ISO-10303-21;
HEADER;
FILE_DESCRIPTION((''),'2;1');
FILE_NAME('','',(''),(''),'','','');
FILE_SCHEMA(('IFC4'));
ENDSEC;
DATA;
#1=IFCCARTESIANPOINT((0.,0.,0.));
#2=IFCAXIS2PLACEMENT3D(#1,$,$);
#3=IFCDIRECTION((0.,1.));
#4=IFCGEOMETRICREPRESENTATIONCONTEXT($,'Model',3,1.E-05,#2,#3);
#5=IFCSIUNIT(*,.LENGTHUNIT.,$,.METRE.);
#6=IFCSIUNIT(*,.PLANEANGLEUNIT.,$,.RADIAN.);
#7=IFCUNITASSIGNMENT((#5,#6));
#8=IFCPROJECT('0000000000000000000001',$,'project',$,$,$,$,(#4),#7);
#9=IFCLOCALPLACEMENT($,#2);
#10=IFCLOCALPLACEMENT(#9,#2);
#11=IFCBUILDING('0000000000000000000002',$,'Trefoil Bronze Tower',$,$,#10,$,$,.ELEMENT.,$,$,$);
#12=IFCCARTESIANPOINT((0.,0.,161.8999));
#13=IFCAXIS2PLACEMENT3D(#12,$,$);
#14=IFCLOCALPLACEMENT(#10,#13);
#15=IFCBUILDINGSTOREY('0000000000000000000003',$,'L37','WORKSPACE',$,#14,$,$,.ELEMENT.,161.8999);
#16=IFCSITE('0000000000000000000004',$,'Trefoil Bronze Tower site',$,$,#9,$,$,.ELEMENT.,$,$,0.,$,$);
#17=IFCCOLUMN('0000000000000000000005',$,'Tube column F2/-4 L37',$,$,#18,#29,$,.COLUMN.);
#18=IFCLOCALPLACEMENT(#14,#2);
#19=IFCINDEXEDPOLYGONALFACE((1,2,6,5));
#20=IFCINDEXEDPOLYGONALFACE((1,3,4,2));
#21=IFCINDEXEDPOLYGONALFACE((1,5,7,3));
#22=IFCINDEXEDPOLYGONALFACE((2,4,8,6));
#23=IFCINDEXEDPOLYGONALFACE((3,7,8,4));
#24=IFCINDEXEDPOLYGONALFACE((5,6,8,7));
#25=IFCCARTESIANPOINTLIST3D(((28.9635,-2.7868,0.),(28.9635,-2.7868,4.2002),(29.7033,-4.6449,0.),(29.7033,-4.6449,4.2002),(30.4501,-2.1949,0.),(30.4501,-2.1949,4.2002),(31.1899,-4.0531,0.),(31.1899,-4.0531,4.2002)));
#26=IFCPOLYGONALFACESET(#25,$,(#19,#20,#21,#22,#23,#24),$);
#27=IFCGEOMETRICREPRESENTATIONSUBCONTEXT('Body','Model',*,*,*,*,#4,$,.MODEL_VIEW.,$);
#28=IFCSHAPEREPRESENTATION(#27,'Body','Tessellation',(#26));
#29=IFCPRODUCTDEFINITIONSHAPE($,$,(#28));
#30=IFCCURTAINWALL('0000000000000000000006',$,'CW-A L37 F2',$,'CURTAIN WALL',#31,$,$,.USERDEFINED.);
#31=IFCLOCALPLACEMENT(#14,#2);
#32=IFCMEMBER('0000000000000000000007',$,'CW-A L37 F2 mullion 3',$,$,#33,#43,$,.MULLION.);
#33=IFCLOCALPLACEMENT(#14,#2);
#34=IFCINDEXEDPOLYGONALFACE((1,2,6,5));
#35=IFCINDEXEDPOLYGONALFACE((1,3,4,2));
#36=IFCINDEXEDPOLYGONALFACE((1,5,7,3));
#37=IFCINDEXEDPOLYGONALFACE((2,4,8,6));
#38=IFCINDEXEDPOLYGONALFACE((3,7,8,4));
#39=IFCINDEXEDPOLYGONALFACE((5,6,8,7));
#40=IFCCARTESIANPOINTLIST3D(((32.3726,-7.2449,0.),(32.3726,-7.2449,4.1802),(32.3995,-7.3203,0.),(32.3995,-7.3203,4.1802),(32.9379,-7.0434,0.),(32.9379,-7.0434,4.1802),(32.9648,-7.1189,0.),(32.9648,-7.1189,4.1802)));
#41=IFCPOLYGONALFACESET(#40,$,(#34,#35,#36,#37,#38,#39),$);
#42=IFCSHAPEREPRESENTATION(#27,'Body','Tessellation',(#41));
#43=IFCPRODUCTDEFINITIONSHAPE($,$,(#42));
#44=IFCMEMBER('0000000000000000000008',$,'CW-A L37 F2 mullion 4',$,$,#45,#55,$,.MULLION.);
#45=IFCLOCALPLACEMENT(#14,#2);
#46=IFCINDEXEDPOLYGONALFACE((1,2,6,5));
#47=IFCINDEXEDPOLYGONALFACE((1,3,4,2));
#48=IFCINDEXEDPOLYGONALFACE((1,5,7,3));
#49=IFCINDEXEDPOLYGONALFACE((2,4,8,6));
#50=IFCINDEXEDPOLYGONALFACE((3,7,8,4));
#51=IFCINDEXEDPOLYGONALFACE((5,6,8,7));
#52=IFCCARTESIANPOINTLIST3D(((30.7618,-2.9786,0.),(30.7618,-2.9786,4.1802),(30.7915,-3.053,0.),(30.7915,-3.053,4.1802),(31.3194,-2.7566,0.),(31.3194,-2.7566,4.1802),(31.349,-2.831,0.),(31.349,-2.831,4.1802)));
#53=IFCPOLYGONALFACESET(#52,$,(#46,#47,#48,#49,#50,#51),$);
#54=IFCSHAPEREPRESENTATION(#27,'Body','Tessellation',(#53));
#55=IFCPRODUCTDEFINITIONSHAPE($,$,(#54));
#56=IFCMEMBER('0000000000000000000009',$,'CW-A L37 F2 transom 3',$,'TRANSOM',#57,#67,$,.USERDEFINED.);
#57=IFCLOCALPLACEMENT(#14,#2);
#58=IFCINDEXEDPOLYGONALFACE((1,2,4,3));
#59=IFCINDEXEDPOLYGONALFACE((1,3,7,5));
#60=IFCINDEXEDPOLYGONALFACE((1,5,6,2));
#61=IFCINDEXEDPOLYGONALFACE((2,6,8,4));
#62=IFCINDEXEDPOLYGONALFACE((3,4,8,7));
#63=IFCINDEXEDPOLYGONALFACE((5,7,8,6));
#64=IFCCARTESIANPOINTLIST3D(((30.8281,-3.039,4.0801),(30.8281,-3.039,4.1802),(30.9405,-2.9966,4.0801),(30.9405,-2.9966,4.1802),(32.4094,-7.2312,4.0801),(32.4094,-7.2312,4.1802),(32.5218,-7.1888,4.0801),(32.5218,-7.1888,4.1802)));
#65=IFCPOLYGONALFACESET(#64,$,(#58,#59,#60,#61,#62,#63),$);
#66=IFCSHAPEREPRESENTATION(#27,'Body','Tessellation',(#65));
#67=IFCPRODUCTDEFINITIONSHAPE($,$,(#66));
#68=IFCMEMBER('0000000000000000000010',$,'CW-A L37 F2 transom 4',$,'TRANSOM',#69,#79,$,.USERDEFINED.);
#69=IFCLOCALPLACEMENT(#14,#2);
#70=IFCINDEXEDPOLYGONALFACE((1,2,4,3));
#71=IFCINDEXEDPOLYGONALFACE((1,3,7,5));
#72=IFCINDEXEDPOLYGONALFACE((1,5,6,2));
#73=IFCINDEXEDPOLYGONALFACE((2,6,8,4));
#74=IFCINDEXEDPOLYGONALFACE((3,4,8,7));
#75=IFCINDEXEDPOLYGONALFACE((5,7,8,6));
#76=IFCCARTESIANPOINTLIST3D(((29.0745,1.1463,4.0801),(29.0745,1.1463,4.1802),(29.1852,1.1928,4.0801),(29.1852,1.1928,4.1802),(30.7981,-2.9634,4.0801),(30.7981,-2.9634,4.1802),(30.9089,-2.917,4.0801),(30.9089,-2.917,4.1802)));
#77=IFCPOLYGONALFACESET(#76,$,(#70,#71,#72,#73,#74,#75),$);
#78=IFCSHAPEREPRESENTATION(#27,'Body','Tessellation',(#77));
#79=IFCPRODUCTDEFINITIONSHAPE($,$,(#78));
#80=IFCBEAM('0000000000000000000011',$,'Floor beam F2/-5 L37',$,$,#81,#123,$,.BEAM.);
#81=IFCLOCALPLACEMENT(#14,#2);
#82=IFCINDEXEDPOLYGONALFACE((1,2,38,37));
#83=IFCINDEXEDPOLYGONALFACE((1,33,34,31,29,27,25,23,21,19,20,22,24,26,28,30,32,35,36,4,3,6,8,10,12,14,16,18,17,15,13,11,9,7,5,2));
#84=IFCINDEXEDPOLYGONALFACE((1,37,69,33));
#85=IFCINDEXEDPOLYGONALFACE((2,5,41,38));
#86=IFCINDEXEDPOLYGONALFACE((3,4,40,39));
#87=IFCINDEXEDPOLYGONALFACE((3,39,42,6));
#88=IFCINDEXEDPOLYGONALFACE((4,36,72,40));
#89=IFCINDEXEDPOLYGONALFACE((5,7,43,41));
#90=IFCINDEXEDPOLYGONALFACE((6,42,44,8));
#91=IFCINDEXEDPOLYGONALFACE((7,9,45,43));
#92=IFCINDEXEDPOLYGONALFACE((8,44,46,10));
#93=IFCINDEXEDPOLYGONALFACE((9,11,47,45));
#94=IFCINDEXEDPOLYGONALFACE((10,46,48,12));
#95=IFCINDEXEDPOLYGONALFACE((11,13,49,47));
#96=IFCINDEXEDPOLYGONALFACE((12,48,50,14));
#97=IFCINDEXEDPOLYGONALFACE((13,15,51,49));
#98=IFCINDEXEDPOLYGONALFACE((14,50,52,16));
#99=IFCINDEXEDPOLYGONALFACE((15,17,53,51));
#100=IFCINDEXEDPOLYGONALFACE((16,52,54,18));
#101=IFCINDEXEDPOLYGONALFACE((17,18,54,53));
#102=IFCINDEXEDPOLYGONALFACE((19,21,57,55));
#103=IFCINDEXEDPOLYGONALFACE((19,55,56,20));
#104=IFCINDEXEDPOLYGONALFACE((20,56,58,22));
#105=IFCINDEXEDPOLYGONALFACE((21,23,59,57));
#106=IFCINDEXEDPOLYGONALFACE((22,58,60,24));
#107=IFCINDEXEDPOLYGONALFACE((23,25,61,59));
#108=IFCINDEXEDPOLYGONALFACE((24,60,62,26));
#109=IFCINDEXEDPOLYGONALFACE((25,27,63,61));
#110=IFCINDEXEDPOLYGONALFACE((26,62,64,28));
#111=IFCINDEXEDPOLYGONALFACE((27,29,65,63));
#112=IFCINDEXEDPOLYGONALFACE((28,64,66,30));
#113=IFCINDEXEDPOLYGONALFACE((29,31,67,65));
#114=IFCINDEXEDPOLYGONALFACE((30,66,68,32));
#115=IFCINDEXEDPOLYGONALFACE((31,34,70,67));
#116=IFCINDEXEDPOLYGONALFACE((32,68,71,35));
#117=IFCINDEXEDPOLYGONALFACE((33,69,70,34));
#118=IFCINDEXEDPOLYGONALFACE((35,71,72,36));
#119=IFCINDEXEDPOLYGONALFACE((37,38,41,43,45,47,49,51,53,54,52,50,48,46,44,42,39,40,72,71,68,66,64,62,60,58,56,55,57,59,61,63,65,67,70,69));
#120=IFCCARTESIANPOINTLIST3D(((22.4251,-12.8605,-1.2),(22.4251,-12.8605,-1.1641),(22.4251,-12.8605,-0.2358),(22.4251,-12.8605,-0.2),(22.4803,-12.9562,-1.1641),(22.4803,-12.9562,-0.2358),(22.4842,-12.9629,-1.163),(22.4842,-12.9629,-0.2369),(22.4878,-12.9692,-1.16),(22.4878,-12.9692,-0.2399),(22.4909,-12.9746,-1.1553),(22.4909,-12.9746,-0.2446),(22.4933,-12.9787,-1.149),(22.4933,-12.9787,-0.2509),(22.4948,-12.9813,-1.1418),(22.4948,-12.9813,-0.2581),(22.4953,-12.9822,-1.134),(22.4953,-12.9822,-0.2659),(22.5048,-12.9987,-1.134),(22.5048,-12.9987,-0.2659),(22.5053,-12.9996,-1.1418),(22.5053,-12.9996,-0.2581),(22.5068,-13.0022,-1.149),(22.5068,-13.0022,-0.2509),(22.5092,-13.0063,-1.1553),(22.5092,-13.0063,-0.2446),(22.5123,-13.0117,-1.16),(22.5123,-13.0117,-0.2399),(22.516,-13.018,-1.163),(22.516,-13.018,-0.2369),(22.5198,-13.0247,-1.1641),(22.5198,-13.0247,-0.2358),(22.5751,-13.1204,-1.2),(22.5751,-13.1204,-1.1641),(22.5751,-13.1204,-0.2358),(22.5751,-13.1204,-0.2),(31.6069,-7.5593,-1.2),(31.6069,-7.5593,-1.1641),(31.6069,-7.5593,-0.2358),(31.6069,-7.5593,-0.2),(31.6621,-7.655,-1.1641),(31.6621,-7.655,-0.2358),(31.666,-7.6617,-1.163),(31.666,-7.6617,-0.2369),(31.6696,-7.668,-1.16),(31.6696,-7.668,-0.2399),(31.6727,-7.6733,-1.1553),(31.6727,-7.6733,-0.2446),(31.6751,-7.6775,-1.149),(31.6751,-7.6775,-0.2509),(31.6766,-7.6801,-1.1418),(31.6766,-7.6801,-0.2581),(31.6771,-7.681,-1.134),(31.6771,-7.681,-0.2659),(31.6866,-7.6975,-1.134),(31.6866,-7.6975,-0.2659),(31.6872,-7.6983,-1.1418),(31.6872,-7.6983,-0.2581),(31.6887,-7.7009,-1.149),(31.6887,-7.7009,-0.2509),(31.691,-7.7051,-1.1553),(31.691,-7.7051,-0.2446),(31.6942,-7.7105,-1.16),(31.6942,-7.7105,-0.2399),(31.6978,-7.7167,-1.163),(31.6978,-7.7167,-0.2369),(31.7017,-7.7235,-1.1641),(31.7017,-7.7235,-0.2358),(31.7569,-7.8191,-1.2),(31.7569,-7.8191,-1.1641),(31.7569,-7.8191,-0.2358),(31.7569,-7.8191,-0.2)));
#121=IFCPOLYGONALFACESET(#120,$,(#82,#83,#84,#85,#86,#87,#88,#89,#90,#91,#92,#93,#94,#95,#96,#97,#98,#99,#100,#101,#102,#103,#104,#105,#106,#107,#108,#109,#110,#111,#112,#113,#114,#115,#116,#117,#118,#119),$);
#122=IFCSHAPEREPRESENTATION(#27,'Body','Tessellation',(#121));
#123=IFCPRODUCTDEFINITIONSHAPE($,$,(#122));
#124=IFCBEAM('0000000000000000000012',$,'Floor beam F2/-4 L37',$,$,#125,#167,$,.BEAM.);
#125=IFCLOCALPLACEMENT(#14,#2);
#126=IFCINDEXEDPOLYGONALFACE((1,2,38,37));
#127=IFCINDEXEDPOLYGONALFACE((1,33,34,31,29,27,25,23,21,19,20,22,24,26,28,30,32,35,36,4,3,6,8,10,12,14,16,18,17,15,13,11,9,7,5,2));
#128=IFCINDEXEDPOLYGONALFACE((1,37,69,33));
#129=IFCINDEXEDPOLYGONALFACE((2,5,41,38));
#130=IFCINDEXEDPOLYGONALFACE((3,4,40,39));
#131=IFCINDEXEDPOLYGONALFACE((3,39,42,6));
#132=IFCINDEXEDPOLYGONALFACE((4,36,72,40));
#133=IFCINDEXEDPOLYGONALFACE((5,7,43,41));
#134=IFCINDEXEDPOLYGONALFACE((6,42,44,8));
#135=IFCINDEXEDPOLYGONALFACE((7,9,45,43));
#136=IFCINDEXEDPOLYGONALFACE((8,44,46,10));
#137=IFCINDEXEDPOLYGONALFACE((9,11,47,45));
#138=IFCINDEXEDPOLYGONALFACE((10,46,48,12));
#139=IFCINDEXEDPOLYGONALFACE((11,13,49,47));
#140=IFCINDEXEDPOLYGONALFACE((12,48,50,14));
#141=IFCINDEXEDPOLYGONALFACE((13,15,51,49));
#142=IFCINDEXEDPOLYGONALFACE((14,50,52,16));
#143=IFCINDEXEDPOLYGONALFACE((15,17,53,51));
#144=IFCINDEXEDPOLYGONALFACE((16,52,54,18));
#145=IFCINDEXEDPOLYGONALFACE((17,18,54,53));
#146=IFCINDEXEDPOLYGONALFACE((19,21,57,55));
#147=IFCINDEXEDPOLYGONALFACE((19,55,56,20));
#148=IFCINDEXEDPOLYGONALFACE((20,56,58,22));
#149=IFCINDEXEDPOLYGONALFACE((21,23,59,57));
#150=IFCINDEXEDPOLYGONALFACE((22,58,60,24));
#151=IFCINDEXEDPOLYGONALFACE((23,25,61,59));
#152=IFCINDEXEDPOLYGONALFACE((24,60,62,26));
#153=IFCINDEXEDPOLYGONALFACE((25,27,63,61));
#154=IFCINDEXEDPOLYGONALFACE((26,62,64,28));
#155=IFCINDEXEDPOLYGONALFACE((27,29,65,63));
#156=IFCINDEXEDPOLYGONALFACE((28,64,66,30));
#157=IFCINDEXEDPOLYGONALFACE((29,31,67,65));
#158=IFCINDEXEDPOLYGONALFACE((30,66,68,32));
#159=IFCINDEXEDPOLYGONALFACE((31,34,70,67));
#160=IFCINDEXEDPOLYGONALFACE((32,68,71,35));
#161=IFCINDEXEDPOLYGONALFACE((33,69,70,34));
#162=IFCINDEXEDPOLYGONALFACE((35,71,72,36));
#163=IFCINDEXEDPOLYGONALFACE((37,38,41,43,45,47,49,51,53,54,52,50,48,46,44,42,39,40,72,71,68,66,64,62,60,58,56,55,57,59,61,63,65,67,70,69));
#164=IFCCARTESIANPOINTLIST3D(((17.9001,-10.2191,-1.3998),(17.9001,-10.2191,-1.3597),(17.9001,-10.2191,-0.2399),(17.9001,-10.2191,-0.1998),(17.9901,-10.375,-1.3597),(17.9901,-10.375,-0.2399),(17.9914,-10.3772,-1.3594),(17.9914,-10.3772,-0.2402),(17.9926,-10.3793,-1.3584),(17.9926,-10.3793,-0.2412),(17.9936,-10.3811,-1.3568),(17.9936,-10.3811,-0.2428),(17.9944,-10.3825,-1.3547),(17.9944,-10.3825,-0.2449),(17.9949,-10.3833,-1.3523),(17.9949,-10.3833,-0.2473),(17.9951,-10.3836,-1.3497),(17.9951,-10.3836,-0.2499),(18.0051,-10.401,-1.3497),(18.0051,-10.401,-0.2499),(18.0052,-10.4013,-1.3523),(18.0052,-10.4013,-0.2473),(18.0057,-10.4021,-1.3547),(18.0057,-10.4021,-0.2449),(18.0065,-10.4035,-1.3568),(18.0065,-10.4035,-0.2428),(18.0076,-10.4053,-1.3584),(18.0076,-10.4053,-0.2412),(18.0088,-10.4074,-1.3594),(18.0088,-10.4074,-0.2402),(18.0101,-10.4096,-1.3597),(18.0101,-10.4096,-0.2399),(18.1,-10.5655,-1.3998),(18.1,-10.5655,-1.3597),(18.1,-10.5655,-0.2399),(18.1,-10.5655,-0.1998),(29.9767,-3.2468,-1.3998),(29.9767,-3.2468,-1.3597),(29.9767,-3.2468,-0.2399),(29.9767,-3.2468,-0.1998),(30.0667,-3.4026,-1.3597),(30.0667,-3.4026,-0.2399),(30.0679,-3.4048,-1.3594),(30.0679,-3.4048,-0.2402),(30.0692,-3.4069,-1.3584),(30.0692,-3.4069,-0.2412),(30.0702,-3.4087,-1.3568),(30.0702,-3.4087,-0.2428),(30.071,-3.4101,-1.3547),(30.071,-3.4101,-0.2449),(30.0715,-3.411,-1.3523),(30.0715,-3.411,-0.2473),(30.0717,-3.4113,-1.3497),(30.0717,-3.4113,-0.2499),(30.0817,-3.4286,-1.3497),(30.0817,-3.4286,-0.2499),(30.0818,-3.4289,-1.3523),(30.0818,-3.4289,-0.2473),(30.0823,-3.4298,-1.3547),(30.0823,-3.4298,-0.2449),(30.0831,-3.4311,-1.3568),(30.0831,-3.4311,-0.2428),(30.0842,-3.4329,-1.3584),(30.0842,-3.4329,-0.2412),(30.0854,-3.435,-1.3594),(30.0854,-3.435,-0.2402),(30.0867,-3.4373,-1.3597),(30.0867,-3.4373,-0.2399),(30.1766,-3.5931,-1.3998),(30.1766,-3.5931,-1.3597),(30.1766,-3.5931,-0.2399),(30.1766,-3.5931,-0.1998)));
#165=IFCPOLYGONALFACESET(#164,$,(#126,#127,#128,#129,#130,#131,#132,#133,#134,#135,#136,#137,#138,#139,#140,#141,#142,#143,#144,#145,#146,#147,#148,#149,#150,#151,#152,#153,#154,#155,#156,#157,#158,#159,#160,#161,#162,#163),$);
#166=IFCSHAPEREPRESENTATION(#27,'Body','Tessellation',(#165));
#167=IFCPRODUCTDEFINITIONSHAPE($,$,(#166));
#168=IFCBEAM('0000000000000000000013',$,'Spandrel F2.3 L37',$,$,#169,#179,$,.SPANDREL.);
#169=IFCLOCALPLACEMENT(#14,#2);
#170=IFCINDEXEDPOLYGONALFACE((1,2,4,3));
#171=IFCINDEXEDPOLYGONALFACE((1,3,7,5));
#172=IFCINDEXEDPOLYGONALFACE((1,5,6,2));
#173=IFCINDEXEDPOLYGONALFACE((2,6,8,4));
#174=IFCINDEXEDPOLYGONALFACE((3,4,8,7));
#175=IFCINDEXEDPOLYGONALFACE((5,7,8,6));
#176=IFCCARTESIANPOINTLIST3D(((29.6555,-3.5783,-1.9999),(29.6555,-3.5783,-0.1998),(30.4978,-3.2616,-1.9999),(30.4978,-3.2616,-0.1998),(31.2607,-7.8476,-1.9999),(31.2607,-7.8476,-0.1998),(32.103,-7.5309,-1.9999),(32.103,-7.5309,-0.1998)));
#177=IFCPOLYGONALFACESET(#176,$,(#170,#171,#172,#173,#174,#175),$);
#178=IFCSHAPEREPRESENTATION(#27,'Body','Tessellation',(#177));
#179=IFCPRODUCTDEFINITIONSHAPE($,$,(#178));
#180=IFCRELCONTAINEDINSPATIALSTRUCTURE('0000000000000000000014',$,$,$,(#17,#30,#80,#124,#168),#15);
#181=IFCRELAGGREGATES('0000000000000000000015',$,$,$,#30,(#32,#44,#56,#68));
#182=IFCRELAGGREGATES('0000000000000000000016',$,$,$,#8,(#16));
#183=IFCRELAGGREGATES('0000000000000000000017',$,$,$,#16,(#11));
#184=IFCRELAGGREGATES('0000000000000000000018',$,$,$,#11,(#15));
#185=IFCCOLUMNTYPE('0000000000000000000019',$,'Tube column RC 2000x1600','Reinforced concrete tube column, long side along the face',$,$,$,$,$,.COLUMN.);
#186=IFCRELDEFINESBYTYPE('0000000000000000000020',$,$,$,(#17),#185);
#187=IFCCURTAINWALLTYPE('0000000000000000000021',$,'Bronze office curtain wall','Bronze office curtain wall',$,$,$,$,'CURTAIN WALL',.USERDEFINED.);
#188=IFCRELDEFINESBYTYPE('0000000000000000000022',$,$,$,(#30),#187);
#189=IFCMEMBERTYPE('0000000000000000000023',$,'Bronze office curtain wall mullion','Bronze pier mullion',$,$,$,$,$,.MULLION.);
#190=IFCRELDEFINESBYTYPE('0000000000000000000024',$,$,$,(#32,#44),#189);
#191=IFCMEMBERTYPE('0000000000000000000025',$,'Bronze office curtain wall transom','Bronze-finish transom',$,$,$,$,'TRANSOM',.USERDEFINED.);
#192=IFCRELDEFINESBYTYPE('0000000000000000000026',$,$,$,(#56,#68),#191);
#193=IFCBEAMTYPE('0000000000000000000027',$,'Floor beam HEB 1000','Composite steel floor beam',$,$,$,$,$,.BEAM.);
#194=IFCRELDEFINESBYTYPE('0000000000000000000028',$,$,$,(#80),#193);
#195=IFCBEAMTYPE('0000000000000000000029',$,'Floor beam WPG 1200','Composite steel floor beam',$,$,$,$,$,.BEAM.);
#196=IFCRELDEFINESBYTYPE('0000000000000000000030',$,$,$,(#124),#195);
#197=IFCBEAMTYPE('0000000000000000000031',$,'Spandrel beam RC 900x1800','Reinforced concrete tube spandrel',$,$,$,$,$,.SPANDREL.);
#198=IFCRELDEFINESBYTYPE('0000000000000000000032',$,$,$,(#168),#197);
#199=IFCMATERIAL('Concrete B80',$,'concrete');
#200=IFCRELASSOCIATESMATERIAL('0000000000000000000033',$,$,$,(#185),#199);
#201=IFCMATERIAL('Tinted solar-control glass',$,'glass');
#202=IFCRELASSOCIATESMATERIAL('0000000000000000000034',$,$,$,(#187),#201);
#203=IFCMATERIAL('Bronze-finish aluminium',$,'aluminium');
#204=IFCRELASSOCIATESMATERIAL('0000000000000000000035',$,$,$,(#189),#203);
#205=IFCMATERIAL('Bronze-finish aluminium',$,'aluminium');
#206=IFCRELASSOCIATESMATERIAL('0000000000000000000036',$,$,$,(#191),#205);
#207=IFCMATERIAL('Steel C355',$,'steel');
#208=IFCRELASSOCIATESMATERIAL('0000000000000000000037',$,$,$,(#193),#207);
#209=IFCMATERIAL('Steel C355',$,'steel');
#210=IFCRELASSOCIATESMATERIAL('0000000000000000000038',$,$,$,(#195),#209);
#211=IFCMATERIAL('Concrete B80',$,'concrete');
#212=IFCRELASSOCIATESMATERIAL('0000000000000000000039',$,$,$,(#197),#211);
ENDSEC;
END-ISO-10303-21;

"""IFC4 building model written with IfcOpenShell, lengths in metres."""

from ifc_helpers import new_model, si_unit, direction, frame, origin, origin_2d, place, context, subcontext, project, spatial, rectangle, i_section, extrude, material, material_profile, profile_set, type_object, element, aggregate, save


model = new_model("IFC4")

# Units and contexts
model_context = context("Model", 3, precision=1e-05, world=origin(), true_north=direction((0.0, 1.0)))
body_context = subcontext(model_context, "Body", "Model", "MODEL_VIEW")
ifc_project = project(units=[si_unit("LENGTHUNIT", "METRE"), si_unit("PLANEANGLEUNIT", "RADIAN")], contexts=[model_context])

# Site, building, storey
site_placement = place(None, origin())
site = spatial("IfcSite", under=ifc_project, at=site_placement, Name="Trefoil Bronze Tower site", CompositionType="ELEMENT", RefElevation=0.0)
building_placement = place(site_placement, origin())
building = spatial("IfcBuilding", under=site, at=building_placement, Name="Trefoil Bronze Tower", CompositionType="ELEMENT")
storey_placement = place(building_placement, frame((0.0, 0.0, 161.8999)))
storey = spatial("IfcBuildingStorey", under=building, at=storey_placement, Name="L37", Description="WORKSPACE", CompositionType="ELEMENT", Elevation=161.8999)

# Column
ifc_material_1 = material(Name="Concrete B80", Category="concrete")
ifc_material_profile_1 = material_profile(ifc_material_1, rectangle(XDim=2.0, YDim=1.6001, at=origin_2d()), Name="RC 2000x1600")
ifc_profile_set_1 = profile_set([ifc_material_profile_1], Name="Concrete B80")
column_type = type_object("IfcColumnType", Name="Tube column RC 2000x1600", Description="Reinforced concrete tube column, long side along the face", PredefinedType="COLUMN", material=ifc_profile_set_1)
column_placement = place(storey_placement, frame((30.0767, -3.4199, 0.0), z_axis=(0.0, 0.0, 1.0), x_axis=(-0.369901, 0.929071, 0.0)))
element("IfcColumn", 1, at=column_placement, inside=storey, type_object=column_type, Name="Tube column F2/-4 L37", PredefinedType="COLUMN", context=body_context, shape_type="SweptSolid", body=[
    extrude(rectangle(XDim=2.0, YDim=1.6001, at=origin_2d()), origin(), (0.0, 0.0, 1.0), 4.2002),
])

# Curtain wall, members
ifc_material_2 = material(Name="Tinted solar-control glass", Category="glass")
curtain_wall_type = type_object("IfcCurtainWallType", Name="Bronze office curtain wall", Description="Bronze office curtain wall", ElementType="CURTAIN WALL", PredefinedType="USERDEFINED", material=ifc_material_2)
curtain_wall_placement = place(storey_placement, origin())
curtain_wall = element("IfcCurtainWall", 2, at=curtain_wall_placement, inside=storey, type_object=curtain_wall_type, Name="CW-A L37 F2", ObjectType="CURTAIN WALL", PredefinedType="USERDEFINED")
ifc_material_3 = material(Name="Bronze-finish aluminium", Category="aluminium")
ifc_material_profile_2 = material_profile(ifc_material_3, rectangle(XDim=0.6001, YDim=0.0801, at=origin_2d()), Name="CW-A mullion")
ifc_profile_set_2 = profile_set([ifc_material_profile_2], Name="Bronze-finish aluminium")
member_type_1 = type_object("IfcMemberType", Name="Bronze office curtain wall mullion", Description="Bronze pier mullion", PredefinedType="MULLION", material=ifc_profile_set_2)
member_1_placement = place(storey_placement, frame((32.6687, -7.1819, 0.0), z_axis=(0.0, 0.0, 1.0), x_axis=(-0.941963, -0.335718, 0.0)))
member_1 = element("IfcMember", 3, at=member_1_placement, type_object=member_type_1, Name="CW-A L37 F2 mullion 3", PredefinedType="MULLION", context=body_context, shape_type="SweptSolid", body=[
    extrude(rectangle(XDim=0.6001, YDim=0.0801, at=origin_2d()), origin(), (0.0, 0.0, 1.0), 4.1802),
])
member_2_placement = place(storey_placement, frame((31.0554, -2.9048, 0.0), z_axis=(0.0, 0.0, 1.0), x_axis=(-0.929071, -0.369901, 0.0)))
member_2 = element("IfcMember", 4, at=member_2_placement, type_object=member_type_1, Name="CW-A L37 F2 mullion 4", PredefinedType="MULLION", context=body_context, shape_type="SweptSolid", body=[
    extrude(rectangle(XDim=0.6001, YDim=0.0801, at=origin_2d()), origin(), (0.0, 0.0, 1.0), 4.1802),
])
ifc_material_4 = material(Name="Bronze-finish aluminium", Category="aluminium")
ifc_material_profile_3 = material_profile(ifc_material_4, rectangle(XDim=0.1201, YDim=0.1001, at=origin_2d()), Name="CW-A transom")
ifc_profile_set_3 = profile_set([ifc_material_profile_3], Name="Bronze-finish aluminium")
member_type_2 = type_object("IfcMemberType", Name="Bronze office curtain wall transom", Description="Bronze-finish transom", ElementType="TRANSOM", PredefinedType="USERDEFINED", material=ifc_profile_set_3)
member_3_placement = place(storey_placement, frame((32.4656, -7.21, 4.1301), z_axis=(-0.352932, 0.935649, 0.0), x_axis=(-0.935649, -0.352932, 0.0)))
member_3 = element("IfcMember", 5, at=member_3_placement, type_object=member_type_2, Name="CW-A L37 F2 transom 3", ObjectType="TRANSOM", PredefinedType="USERDEFINED", context=body_context, shape_type="SweptSolid", body=[
    extrude(rectangle(XDim=0.1201, YDim=0.1001, at=origin_2d()), origin(), (0.0, 0.0, 1.0), 4.4805),
])
member_4_placement = place(storey_placement, frame((30.8535, -2.9402, 4.1301), z_axis=(-0.386773, 0.922175, 0.0), x_axis=(-0.922175, -0.386773, 0.0)))
member_4 = element("IfcMember", 6, at=member_4_placement, type_object=member_type_2, Name="CW-A L37 F2 transom 4", ObjectType="TRANSOM", PredefinedType="USERDEFINED", context=body_context, shape_type="SweptSolid", body=[
    extrude(rectangle(XDim=0.1201, YDim=0.1001, at=origin_2d()), origin(), (0.0, 0.0, 1.0), 4.4565),
])

# Beams
ifc_material_5 = material(Name="Steel C355", Category="steel")
ifc_material_profile_4 = material_profile(ifc_material_5, i_section(OverallWidth=0.3, OverallDepth=1.0, WebThickness=0.019, FlangeThickness=0.0359, FilletRadius=0.03, at=origin_2d()), Name="HEB 1000")
ifc_profile_set_4 = profile_set([ifc_material_profile_4], Name="Steel C355")
beam_type_1 = type_object("IfcBeamType", Name="Floor beam HEB 1000", Description="Composite steel floor beam", PredefinedType="BEAM", material=ifc_profile_set_4)
beam_1_placement = place(storey_placement, frame((31.6819, -7.6892, -0.7), z_axis=(-0.866021, -0.500007, 0.0), x_axis=(0.500007, -0.866021, 0.0)))
element("IfcBeam", 7, at=beam_1_placement, inside=storey, type_object=beam_type_1, Name="Floor beam F2/-5 L37", PredefinedType="BEAM", context=body_context, shape_type="SweptSolid", body=[
    extrude(i_section(OverallWidth=0.3, OverallDepth=1.0, WebThickness=0.019, FlangeThickness=0.0359, FilletRadius=0.03, at=origin_2d()), origin(), (0.0, 0.0, 1.0), 10.6023),
])
ifc_material_6 = material(Name="Steel C355", Category="steel")
ifc_material_profile_5 = material_profile(ifc_material_6, i_section(OverallWidth=0.3999, OverallDepth=1.2, WebThickness=0.02, FlangeThickness=0.04, FilletRadius=0.01, at=origin_2d()), Name="WPG 1200")
ifc_profile_set_5 = profile_set([ifc_material_profile_5], Name="Steel C355")
beam_type_2 = type_object("IfcBeamType", Name="Floor beam WPG 1200", Description="Composite steel floor beam", PredefinedType="BEAM", material=ifc_profile_set_5)
beam_2_placement = place(storey_placement, frame((30.0767, -3.4199, -0.7998), z_axis=(-0.866027, -0.499997, 0.0), x_axis=(0.499997, -0.866027, 0.0)))
element("IfcBeam", 8, at=beam_2_placement, inside=storey, type_object=beam_type_2, Name="Floor beam F2/-4 L37", PredefinedType="BEAM", context=body_context, shape_type="SweptSolid", body=[
    extrude(i_section(OverallWidth=0.3999, OverallDepth=1.2, WebThickness=0.02, FlangeThickness=0.04, FilletRadius=0.01, at=origin_2d()), origin(), (0.0, 0.0, 1.0), 13.9448),
])
ifc_material_7 = material(Name="Concrete B80", Category="concrete")
ifc_material_profile_6 = material_profile(ifc_material_7, rectangle(XDim=0.8999, YDim=1.8, at=origin_2d()), Name="RC 900x1800")
ifc_profile_set_6 = profile_set([ifc_material_profile_6], Name="Concrete B80")
beam_type_3 = type_object("IfcBeamType", Name="Spandrel beam RC 900x1800", Description="Reinforced concrete tube spandrel", PredefinedType="SPANDREL", material=ifc_profile_set_6)
beam_3_placement = place(storey_placement, frame((31.6819, -7.6892, -1.0999), z_axis=(-0.351939, 0.936023, 0.0), x_axis=(-0.936023, -0.351939, 0.0)))
element("IfcBeam", 9, at=beam_3_placement, inside=storey, type_object=beam_type_3, Name="Spandrel F2.3 L37", PredefinedType="SPANDREL", context=body_context, shape_type="SweptSolid", body=[
    extrude(rectangle(XDim=0.8999, YDim=1.8, at=origin_2d()), origin(), (0.0, 0.0, 1.0), 4.561),
])

aggregate(curtain_wall, [member_1, member_2, member_3, member_4])

save(model, "model.ifc")
